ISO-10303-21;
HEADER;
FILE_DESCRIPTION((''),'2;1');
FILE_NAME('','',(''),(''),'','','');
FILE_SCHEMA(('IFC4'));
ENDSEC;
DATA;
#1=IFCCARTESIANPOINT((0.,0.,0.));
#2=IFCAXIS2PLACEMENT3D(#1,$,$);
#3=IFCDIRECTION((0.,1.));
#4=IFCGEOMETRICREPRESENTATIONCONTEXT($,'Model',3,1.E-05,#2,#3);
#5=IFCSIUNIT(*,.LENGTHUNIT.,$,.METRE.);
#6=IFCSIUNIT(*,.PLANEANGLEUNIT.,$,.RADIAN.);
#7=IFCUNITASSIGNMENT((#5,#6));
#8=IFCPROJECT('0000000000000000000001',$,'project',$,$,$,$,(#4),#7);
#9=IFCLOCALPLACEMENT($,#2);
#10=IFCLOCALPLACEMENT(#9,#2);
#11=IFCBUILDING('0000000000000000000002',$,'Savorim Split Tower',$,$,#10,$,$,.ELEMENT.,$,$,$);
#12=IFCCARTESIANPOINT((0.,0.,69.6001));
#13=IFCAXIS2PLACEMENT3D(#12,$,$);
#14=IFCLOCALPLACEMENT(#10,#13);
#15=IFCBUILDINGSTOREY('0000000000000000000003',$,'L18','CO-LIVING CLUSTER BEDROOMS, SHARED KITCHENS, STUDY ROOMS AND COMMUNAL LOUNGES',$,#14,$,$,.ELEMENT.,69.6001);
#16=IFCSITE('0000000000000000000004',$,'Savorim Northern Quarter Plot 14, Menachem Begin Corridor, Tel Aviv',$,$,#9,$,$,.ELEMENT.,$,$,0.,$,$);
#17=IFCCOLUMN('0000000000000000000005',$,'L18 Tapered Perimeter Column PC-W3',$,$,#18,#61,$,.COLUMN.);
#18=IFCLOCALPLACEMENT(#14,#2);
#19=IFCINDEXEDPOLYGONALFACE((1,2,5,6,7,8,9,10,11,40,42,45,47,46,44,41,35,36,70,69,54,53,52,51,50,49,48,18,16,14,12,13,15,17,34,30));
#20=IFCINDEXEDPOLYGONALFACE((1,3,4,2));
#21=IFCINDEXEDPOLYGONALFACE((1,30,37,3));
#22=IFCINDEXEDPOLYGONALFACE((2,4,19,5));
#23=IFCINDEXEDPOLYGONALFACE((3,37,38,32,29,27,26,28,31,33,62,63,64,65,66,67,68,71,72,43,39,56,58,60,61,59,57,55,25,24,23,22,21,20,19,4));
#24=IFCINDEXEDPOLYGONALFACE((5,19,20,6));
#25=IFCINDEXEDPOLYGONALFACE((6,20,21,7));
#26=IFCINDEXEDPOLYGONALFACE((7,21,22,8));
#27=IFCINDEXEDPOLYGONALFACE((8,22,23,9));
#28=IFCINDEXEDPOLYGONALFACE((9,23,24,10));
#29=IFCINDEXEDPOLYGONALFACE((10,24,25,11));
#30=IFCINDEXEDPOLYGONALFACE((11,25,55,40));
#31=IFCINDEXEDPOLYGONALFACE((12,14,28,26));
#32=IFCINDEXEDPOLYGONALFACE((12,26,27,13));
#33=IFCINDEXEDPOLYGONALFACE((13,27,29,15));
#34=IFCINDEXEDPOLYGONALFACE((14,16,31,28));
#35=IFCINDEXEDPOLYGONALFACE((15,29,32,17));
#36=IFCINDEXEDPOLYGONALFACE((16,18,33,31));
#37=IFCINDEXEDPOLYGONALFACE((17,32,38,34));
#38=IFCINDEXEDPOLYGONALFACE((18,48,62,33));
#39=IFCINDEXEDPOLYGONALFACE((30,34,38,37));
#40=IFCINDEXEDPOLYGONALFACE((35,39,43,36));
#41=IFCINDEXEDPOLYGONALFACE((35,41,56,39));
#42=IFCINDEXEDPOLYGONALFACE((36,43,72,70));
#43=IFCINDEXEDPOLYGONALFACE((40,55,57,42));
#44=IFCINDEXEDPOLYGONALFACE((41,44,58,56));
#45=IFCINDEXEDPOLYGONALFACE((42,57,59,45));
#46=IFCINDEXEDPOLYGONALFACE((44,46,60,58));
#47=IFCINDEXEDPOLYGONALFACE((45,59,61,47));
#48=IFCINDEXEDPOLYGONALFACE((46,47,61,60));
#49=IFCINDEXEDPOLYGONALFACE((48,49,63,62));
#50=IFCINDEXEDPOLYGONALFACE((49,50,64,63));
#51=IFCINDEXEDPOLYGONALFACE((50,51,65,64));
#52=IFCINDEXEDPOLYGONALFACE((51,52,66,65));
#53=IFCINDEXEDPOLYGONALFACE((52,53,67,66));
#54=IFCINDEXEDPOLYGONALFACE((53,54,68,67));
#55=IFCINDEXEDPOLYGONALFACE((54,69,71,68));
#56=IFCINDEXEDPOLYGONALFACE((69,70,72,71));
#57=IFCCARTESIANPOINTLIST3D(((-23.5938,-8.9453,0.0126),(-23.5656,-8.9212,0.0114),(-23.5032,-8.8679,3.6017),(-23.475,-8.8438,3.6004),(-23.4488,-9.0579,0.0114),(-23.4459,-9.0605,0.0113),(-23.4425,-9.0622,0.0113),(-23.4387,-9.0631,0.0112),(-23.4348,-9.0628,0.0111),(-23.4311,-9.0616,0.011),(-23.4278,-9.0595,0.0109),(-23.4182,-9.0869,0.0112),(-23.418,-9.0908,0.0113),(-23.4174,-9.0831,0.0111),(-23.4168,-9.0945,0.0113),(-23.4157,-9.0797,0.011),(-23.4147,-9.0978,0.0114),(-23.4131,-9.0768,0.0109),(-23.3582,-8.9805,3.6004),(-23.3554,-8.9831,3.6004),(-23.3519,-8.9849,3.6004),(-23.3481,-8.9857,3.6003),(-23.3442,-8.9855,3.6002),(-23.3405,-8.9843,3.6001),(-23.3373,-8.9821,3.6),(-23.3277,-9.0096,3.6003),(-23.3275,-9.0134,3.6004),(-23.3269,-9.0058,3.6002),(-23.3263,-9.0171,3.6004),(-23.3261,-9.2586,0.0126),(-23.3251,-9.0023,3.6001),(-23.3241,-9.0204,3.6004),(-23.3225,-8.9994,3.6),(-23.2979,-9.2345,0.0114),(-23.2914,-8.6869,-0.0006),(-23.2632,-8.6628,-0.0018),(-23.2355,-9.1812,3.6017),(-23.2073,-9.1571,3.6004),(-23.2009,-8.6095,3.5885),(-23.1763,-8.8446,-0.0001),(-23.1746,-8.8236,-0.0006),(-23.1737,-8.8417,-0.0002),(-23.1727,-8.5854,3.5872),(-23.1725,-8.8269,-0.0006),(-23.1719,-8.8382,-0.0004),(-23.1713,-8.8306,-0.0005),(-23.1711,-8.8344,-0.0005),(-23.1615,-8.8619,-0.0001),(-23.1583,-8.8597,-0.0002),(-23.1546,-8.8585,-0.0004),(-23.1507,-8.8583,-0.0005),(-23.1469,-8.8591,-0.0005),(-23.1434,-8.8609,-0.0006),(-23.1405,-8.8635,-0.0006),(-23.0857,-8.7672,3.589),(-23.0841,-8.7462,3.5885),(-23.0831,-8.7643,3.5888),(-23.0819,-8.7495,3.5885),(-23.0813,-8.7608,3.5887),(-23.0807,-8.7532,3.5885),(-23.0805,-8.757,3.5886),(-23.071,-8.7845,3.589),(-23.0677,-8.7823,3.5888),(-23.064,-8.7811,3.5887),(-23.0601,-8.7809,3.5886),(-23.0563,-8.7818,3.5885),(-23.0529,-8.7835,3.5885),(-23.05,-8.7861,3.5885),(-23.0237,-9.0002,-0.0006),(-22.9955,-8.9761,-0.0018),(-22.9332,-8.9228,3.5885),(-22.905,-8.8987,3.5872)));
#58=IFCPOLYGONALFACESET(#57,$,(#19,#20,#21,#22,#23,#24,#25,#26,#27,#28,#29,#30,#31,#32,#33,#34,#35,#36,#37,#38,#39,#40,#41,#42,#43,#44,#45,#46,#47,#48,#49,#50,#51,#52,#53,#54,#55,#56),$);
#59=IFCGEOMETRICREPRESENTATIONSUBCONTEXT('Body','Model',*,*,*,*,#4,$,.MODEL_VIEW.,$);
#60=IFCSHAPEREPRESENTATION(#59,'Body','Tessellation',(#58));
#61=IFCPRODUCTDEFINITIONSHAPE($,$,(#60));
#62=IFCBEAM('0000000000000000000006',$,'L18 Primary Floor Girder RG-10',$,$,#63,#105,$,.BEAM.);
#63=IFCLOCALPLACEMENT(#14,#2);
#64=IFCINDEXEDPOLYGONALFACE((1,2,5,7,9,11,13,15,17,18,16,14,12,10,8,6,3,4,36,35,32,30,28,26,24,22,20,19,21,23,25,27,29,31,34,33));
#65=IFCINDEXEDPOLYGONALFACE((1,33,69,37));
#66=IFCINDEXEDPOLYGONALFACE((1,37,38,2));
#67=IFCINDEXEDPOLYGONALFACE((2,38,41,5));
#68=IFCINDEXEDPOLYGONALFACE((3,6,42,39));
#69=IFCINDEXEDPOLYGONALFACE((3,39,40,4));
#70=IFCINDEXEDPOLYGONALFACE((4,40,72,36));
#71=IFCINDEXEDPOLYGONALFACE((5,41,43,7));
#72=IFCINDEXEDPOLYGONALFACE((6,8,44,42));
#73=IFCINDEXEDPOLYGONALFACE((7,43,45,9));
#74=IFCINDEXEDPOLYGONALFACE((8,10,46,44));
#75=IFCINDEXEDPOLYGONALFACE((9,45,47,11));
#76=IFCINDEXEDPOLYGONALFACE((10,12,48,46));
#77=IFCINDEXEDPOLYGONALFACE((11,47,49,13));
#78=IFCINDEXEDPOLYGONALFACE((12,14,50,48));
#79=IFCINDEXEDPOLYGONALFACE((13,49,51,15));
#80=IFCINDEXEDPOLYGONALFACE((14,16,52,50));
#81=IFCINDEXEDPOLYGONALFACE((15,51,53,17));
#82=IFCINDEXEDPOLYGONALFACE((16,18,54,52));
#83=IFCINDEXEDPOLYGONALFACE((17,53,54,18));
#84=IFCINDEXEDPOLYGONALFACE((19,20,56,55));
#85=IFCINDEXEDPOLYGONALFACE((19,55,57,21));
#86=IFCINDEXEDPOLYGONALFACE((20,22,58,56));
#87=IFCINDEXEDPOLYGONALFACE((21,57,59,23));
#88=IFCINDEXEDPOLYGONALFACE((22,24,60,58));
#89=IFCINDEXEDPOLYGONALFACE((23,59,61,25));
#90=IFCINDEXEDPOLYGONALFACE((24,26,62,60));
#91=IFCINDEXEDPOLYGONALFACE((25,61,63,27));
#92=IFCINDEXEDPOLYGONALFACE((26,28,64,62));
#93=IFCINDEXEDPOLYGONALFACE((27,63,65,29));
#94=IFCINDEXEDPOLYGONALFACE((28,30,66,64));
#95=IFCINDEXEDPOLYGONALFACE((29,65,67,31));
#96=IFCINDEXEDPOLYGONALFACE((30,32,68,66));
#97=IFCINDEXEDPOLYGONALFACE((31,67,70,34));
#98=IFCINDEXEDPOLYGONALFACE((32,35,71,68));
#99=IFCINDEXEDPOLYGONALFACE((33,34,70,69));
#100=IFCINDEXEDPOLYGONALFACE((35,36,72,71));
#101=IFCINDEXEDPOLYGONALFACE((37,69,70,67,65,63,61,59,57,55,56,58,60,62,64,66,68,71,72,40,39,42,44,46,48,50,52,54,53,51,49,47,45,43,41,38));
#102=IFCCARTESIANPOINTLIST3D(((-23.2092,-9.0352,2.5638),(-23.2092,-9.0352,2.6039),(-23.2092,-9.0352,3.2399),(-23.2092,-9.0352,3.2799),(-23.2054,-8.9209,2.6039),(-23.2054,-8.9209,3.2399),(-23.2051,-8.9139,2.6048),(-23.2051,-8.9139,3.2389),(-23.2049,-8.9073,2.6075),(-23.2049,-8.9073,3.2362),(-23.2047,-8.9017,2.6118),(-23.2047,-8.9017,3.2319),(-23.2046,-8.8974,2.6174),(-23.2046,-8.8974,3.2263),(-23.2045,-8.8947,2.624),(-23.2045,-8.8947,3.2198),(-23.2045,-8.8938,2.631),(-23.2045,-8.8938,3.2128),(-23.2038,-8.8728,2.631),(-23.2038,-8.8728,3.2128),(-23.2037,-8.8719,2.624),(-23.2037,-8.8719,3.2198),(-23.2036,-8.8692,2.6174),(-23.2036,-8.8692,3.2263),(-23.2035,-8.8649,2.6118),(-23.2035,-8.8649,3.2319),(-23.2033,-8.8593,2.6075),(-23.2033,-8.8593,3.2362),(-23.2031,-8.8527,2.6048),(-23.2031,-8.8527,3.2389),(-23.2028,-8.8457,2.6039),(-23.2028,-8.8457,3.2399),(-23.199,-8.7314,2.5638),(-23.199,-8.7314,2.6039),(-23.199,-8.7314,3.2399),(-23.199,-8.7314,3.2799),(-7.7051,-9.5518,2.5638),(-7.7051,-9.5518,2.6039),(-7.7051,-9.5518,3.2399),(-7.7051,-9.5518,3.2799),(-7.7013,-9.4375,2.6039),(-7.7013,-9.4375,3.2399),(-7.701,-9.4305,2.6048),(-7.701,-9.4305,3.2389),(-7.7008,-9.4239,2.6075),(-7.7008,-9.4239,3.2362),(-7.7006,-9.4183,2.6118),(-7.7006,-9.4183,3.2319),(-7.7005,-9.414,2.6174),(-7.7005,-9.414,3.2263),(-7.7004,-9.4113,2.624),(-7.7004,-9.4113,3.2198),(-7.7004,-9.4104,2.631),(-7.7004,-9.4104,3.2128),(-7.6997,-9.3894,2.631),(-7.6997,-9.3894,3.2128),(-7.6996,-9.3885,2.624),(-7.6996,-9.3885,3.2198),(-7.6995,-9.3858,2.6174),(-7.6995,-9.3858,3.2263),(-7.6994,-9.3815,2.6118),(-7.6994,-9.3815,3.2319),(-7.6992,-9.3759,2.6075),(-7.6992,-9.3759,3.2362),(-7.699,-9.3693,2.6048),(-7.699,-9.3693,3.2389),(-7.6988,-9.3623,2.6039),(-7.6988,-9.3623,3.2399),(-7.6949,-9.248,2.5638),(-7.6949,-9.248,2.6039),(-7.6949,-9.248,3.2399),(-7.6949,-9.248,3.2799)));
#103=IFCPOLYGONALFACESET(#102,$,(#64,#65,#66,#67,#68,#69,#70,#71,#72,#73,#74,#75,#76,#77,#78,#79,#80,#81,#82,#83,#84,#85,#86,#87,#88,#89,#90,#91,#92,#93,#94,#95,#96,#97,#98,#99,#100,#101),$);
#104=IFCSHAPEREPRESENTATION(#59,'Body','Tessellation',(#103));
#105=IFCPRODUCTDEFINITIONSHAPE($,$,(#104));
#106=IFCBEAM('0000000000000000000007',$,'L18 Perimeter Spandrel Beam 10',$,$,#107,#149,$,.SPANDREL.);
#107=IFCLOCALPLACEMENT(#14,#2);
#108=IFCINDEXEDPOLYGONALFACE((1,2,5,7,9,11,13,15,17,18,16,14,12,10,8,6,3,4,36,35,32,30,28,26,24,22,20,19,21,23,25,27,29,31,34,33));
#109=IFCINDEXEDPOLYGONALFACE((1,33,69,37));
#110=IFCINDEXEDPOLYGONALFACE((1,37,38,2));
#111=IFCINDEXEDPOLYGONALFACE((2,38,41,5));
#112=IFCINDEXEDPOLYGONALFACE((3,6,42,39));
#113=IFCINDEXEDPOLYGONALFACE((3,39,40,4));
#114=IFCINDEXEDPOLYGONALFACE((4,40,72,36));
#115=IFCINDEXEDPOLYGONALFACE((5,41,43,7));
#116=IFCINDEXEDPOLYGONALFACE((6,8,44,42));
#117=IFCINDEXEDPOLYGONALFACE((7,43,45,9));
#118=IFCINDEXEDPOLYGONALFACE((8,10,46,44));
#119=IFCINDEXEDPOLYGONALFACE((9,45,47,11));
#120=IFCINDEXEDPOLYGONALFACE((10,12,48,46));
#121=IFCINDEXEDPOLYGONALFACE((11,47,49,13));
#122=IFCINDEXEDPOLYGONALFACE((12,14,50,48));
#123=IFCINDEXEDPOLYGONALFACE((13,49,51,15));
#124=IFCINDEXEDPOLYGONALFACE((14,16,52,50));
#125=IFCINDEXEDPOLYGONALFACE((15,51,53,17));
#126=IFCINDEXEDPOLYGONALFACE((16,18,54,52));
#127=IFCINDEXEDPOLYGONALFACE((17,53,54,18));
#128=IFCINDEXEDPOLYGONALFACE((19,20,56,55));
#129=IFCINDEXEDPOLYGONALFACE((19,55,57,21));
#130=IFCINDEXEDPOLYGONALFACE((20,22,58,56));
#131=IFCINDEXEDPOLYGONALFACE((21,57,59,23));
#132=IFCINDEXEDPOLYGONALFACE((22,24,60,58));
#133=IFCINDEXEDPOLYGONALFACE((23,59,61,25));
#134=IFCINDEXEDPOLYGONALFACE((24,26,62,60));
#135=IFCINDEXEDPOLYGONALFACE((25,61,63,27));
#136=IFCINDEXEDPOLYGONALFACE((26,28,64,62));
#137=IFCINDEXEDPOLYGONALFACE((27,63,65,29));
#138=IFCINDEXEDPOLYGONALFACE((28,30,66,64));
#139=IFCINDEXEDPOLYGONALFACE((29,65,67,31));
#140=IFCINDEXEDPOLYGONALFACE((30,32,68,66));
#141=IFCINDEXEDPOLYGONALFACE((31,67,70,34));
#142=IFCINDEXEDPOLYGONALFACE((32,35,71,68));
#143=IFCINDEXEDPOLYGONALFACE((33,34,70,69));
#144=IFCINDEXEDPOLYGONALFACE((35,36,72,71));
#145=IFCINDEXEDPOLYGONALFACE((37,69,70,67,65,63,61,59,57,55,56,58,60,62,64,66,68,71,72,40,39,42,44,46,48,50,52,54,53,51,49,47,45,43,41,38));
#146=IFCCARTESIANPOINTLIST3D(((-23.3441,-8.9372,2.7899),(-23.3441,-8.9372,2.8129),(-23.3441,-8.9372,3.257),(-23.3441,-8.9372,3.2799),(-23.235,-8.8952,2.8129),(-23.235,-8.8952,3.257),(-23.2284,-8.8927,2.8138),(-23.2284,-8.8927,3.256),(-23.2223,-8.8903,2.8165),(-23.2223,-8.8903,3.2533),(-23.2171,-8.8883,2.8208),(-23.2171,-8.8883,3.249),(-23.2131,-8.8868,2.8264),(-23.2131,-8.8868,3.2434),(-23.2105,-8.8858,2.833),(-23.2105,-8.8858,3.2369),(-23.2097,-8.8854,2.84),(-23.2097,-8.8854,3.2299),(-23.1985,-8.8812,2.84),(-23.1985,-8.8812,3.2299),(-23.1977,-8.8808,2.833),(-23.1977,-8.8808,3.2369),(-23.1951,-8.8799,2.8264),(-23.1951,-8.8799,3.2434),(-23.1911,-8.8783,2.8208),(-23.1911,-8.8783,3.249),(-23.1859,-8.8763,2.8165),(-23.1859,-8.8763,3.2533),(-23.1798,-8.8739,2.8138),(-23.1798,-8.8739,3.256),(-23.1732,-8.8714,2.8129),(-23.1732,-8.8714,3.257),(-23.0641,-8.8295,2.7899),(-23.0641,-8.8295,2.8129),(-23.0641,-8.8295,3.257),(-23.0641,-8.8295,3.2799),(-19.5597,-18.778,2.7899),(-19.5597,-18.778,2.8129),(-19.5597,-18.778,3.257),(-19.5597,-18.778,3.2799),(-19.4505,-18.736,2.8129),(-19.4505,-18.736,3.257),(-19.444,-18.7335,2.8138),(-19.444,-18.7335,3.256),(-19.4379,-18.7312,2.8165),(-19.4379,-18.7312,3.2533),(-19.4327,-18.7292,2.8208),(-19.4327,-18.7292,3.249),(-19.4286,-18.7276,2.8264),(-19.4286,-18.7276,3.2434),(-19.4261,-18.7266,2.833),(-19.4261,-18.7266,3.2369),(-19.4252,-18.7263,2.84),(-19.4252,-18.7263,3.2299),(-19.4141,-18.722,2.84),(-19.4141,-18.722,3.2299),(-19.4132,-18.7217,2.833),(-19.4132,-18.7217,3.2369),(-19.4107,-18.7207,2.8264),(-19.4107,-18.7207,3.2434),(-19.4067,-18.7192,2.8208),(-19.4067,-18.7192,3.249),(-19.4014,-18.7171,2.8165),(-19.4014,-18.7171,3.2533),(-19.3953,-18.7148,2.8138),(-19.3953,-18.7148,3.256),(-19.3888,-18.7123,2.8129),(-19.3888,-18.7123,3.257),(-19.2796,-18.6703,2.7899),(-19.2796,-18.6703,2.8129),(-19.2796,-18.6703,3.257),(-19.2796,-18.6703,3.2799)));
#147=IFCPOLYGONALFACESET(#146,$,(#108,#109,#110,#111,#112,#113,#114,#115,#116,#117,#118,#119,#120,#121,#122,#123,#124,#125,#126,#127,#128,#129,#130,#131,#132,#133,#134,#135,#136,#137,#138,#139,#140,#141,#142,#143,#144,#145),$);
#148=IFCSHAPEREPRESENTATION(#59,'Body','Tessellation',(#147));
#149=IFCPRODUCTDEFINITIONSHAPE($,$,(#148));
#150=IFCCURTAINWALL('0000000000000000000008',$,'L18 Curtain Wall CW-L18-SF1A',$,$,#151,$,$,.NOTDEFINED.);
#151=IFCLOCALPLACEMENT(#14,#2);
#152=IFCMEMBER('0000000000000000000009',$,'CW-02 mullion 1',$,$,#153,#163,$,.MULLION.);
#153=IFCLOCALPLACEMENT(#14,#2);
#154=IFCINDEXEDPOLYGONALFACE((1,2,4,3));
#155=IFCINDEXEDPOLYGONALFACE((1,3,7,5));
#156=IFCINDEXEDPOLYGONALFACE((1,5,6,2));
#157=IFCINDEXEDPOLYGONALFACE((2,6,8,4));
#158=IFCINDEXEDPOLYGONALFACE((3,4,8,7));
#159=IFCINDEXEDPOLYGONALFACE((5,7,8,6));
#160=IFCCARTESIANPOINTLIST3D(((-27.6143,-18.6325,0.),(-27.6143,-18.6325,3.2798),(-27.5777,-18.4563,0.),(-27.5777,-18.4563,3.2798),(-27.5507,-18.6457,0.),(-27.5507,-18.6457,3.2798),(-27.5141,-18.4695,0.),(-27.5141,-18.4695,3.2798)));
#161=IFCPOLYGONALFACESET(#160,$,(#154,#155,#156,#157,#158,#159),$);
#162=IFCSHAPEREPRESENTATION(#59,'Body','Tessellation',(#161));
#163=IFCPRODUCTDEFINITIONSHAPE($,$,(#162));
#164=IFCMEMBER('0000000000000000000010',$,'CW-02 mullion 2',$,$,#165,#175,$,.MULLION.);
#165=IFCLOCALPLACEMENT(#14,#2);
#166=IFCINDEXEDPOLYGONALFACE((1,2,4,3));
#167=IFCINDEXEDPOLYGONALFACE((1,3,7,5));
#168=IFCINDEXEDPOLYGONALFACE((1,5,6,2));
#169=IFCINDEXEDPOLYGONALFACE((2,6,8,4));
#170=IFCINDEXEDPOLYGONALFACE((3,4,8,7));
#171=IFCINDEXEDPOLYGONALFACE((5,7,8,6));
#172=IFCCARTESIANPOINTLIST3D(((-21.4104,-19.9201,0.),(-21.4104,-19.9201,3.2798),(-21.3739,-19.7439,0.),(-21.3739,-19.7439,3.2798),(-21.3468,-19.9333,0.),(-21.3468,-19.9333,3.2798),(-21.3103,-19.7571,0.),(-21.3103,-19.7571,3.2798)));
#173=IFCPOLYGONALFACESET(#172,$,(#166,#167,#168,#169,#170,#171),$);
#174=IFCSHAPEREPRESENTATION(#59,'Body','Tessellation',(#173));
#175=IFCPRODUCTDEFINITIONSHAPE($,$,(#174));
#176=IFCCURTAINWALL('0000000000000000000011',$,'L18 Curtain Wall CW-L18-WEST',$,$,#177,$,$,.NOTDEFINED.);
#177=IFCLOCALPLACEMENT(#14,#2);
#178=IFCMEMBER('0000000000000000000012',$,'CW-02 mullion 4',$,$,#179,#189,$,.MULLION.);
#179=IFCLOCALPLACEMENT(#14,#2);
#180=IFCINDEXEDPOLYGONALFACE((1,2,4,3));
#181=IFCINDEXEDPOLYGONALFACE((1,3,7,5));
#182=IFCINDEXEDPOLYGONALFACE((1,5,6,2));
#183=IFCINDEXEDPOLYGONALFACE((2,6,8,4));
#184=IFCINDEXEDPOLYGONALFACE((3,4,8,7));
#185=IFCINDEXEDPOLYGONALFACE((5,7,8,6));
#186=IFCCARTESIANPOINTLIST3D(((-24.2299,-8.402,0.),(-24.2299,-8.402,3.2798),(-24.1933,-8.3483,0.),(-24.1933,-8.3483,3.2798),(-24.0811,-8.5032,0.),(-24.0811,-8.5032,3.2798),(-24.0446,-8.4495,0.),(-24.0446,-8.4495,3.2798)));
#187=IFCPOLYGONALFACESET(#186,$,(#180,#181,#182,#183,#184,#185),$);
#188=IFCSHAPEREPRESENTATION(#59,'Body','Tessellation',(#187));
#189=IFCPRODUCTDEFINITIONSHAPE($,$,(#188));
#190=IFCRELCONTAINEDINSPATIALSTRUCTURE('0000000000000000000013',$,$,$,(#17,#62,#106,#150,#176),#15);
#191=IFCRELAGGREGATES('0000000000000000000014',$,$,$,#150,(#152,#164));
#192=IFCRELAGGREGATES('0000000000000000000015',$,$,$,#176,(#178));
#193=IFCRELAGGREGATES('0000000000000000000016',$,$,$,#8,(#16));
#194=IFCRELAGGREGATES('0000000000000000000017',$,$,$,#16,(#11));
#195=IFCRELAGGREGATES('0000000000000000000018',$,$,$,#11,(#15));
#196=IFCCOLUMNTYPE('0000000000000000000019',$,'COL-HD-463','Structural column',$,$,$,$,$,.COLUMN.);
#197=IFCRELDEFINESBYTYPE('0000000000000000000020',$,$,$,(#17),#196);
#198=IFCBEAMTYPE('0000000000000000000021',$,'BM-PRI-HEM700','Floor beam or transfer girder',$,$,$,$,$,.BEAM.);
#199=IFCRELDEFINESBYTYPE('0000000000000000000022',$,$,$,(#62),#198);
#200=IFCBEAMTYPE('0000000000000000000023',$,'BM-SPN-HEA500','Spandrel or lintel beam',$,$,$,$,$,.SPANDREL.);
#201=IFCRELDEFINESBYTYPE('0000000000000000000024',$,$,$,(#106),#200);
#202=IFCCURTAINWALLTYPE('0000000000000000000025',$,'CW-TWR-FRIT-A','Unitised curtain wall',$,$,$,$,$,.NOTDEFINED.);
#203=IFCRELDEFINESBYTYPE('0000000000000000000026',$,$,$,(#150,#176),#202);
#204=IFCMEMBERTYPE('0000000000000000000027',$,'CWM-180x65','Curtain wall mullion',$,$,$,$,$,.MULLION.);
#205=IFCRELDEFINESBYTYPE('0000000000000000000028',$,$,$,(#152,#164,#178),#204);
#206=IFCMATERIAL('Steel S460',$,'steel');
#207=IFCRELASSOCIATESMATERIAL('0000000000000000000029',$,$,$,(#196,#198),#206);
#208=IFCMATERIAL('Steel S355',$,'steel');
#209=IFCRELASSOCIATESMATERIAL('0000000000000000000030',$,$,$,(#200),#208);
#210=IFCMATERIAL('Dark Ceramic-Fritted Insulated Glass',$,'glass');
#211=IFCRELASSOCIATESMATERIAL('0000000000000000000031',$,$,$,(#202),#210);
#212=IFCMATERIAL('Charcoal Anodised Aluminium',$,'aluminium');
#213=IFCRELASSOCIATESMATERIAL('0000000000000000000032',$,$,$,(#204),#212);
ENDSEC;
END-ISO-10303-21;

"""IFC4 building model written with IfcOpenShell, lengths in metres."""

from ifc_helpers import new_model, si_unit, direction, frame, origin, origin_2d, place, context, subcontext, project, spatial, rectangle, i_section, extrude, material, material_profile, profile_set, type_object, element, aggregate, save


model = new_model("IFC4")

# Units and contexts
model_context = context("Model", 3, precision=1e-05, world=origin(), true_north=direction((0.0, 1.0)))
body_context = subcontext(model_context, "Body", "Model", "MODEL_VIEW")
ifc_project = project(units=[si_unit("LENGTHUNIT", "METRE"), si_unit("PLANEANGLEUNIT", "RADIAN")], contexts=[model_context])

# Site, building, storey
site_placement = place(None, origin())
site = spatial("IfcSite", under=ifc_project, at=site_placement, Name="Savorim Northern Quarter Plot 14, Menachem Begin Corridor, Tel Aviv", CompositionType="ELEMENT", RefElevation=0.0)
building_placement = place(site_placement, origin())
building = spatial("IfcBuilding", under=site, at=building_placement, Name="Savorim Split Tower", CompositionType="ELEMENT")
storey_placement = place(building_placement, frame((0.0, 0.0, 69.6001)))
storey = spatial("IfcBuildingStorey", under=building, at=storey_placement, Name="L18", Description="CO-LIVING CLUSTER BEDROOMS, SHARED KITCHENS, STUDY ROOMS AND COMMUNAL LOUNGES", CompositionType="ELEMENT", Elevation=69.6001)

# Column
ifc_material_1 = material(Name="Steel S460", Category="steel")
ifc_material_profile_1 = material_profile(ifc_material_1, i_section(OverallWidth=0.4121, OverallDepth=0.4351, WebThickness=0.0227, FlangeThickness=0.0371, FilletRadius=0.0149, at=origin_2d()), Name="HD 400x463")
ifc_profile_set_1 = profile_set([ifc_material_profile_1], Name="Steel S460")
column_type = type_object("IfcColumnType", Name="COL-HD-463", Description="Structural column", PredefinedType="COLUMN", material=ifc_profile_set_1)
column_placement = place(storey_placement, frame((-23.2947, -8.9607, 0.0054), z_axis=(0.025222, 0.021551, 0.99945), x_axis=(-0.649609, 0.760268, 0.0)))
element("IfcColumn", 1, at=column_placement, inside=storey, type_object=column_type, Name="L18 Tapered Perimeter Column PC-W3", PredefinedType="COLUMN", context=body_context, shape_type="SweptSolid", body=[
    extrude(i_section(OverallWidth=0.4121, OverallDepth=0.4351, WebThickness=0.0227, FlangeThickness=0.0371, FilletRadius=0.0149, at=origin_2d()), origin(), (0.0, 0.0, 1.0), 3.5911),
])

# Beams
ifc_material_profile_2 = material_profile(ifc_material_1, i_section(OverallWidth=0.304, OverallDepth=0.7161, WebThickness=0.021, FlangeThickness=0.04, FilletRadius=0.0271, at=origin_2d()), Name="HE 700 M")
ifc_profile_set_2 = profile_set([ifc_material_profile_2], Name="Steel S460")
beam_type_1 = type_object("IfcBeamType", Name="BM-PRI-HEM700", Description="Floor beam or transfer girder", PredefinedType="BEAM", material=ifc_profile_set_2)
beam_1_placement = place(storey_placement, frame((-23.2041, -8.8833, 2.9219), z_axis=(0.999445, -0.033302, 0.0), x_axis=(0.033302, 0.999445, 0.0)))
element("IfcBeam", 2, at=beam_1_placement, inside=storey, type_object=beam_type_1, Name="L18 Primary Floor Girder RG-10", PredefinedType="BEAM", context=body_context, shape_type="SweptSolid", body=[
    extrude(i_section(OverallWidth=0.304, OverallDepth=0.7161, WebThickness=0.021, FlangeThickness=0.04, FilletRadius=0.0271, at=origin_2d()), origin(), (0.0, 0.0, 1.0), 15.5127),
])
ifc_material_2 = material(Name="Steel S355", Category="steel")
ifc_material_profile_3 = material_profile(ifc_material_2, i_section(OverallWidth=0.3, OverallDepth=0.49, WebThickness=0.012, FlangeThickness=0.0229, FilletRadius=0.0271, at=origin_2d()), Name="HEA 500")
ifc_profile_set_3 = profile_set([ifc_material_profile_3], Name="Steel S355")
beam_type_2 = type_object("IfcBeamType", Name="BM-SPN-HEA500", Description="Spandrel or lintel beam", PredefinedType="SPANDREL", material=ifc_profile_set_3)
beam_2_placement = place(storey_placement, frame((-23.2041, -8.8833, 3.0349), z_axis=(0.358937, -0.933362, 0.0), x_axis=(0.933362, 0.358937, 0.0)))
element("IfcBeam", 3, at=beam_2_placement, inside=storey, type_object=beam_type_2, Name="L18 Perimeter Spandrel Beam 10", PredefinedType="SPANDREL", context=body_context, shape_type="SweptSolid", body=[
    extrude(i_section(OverallWidth=0.3, OverallDepth=0.49, WebThickness=0.012, FlangeThickness=0.0229, FilletRadius=0.0271, at=origin_2d()), origin(), (0.0, 0.0, 1.0), 10.5435),
])

# Curtain walls, members
ifc_material_3 = material(Name="Dark Ceramic-Fritted Insulated Glass", Category="glass")
curtain_wall_type = type_object("IfcCurtainWallType", Name="CW-TWR-FRIT-A", Description="Unitised curtain wall", PredefinedType="NOTDEFINED", material=ifc_material_3)
curtain_wall_1_placement = place(storey_placement, origin())
curtain_wall_1 = element("IfcCurtainWall", 4, at=curtain_wall_1_placement, inside=storey, type_object=curtain_wall_type, Name="L18 Curtain Wall CW-L18-SF1A", PredefinedType="NOTDEFINED")
ifc_material_4 = material(Name="Charcoal Anodised Aluminium", Category="aluminium")
ifc_material_profile_4 = material_profile(ifc_material_4, rectangle(XDim=0.1799, YDim=0.0649, at=origin_2d()), Name="ALU-M 180x65")
ifc_profile_set_4 = profile_set([ifc_material_profile_4], Name="Charcoal Anodised Aluminium")
member_type_1 = type_object("IfcMemberType", Name="CWM-180x65", Description="Curtain wall mullion", PredefinedType="MULLION", material=ifc_profile_set_4)
member_1_placement = place(storey_placement, frame((-27.5642, -18.551, 0.0), z_axis=(0.0, 0.0, 1.0), x_axis=(0.203216, 0.979134, 0.0)))
member_1 = element("IfcMember", 5, at=member_1_placement, type_object=member_type_1, Name="CW-02 mullion 1", PredefinedType="MULLION", context=body_context, shape_type="SweptSolid", body=[
    extrude(rectangle(XDim=0.1799, YDim=0.0649, at=origin_2d()), origin(), (0.0, 0.0, 1.0), 3.2798),
])
member_2_placement = place(storey_placement, frame((-21.3604, -19.8386, 0.0), z_axis=(0.0, 0.0, 1.0), x_axis=(0.203216, 0.979134, 0.0)))
member_2 = element("IfcMember", 6, at=member_2_placement, type_object=member_type_1, Name="CW-02 mullion 2", PredefinedType="MULLION", context=body_context, shape_type="SweptSolid", body=[
    extrude(rectangle(XDim=0.1799, YDim=0.0649, at=origin_2d()), origin(), (0.0, 0.0, 1.0), 3.2798),
])
curtain_wall_2_placement = place(storey_placement, origin())
curtain_wall_2 = element("IfcCurtainWall", 7, at=curtain_wall_2_placement, inside=storey, type_object=curtain_wall_type, Name="L18 Curtain Wall CW-L18-WEST", PredefinedType="NOTDEFINED")
member_3_placement = place(storey_placement, frame((-24.1372, -8.4258, 0.0), z_axis=(0.0, 0.0, 1.0), x_axis=(0.82682, -0.562466, 0.0)))
member_3 = element("IfcMember", 8, at=member_3_placement, type_object=member_type_1, Name="CW-02 mullion 4", PredefinedType="MULLION", context=body_context, shape_type="SweptSolid", body=[
    extrude(rectangle(XDim=0.1799, YDim=0.0649, at=origin_2d()), origin(), (0.0, 0.0, 1.0), 3.2798),
])

aggregate(curtain_wall_1, [member_1, member_2])
aggregate(curtain_wall_2, [member_3])

save(model, "model.ifc")
